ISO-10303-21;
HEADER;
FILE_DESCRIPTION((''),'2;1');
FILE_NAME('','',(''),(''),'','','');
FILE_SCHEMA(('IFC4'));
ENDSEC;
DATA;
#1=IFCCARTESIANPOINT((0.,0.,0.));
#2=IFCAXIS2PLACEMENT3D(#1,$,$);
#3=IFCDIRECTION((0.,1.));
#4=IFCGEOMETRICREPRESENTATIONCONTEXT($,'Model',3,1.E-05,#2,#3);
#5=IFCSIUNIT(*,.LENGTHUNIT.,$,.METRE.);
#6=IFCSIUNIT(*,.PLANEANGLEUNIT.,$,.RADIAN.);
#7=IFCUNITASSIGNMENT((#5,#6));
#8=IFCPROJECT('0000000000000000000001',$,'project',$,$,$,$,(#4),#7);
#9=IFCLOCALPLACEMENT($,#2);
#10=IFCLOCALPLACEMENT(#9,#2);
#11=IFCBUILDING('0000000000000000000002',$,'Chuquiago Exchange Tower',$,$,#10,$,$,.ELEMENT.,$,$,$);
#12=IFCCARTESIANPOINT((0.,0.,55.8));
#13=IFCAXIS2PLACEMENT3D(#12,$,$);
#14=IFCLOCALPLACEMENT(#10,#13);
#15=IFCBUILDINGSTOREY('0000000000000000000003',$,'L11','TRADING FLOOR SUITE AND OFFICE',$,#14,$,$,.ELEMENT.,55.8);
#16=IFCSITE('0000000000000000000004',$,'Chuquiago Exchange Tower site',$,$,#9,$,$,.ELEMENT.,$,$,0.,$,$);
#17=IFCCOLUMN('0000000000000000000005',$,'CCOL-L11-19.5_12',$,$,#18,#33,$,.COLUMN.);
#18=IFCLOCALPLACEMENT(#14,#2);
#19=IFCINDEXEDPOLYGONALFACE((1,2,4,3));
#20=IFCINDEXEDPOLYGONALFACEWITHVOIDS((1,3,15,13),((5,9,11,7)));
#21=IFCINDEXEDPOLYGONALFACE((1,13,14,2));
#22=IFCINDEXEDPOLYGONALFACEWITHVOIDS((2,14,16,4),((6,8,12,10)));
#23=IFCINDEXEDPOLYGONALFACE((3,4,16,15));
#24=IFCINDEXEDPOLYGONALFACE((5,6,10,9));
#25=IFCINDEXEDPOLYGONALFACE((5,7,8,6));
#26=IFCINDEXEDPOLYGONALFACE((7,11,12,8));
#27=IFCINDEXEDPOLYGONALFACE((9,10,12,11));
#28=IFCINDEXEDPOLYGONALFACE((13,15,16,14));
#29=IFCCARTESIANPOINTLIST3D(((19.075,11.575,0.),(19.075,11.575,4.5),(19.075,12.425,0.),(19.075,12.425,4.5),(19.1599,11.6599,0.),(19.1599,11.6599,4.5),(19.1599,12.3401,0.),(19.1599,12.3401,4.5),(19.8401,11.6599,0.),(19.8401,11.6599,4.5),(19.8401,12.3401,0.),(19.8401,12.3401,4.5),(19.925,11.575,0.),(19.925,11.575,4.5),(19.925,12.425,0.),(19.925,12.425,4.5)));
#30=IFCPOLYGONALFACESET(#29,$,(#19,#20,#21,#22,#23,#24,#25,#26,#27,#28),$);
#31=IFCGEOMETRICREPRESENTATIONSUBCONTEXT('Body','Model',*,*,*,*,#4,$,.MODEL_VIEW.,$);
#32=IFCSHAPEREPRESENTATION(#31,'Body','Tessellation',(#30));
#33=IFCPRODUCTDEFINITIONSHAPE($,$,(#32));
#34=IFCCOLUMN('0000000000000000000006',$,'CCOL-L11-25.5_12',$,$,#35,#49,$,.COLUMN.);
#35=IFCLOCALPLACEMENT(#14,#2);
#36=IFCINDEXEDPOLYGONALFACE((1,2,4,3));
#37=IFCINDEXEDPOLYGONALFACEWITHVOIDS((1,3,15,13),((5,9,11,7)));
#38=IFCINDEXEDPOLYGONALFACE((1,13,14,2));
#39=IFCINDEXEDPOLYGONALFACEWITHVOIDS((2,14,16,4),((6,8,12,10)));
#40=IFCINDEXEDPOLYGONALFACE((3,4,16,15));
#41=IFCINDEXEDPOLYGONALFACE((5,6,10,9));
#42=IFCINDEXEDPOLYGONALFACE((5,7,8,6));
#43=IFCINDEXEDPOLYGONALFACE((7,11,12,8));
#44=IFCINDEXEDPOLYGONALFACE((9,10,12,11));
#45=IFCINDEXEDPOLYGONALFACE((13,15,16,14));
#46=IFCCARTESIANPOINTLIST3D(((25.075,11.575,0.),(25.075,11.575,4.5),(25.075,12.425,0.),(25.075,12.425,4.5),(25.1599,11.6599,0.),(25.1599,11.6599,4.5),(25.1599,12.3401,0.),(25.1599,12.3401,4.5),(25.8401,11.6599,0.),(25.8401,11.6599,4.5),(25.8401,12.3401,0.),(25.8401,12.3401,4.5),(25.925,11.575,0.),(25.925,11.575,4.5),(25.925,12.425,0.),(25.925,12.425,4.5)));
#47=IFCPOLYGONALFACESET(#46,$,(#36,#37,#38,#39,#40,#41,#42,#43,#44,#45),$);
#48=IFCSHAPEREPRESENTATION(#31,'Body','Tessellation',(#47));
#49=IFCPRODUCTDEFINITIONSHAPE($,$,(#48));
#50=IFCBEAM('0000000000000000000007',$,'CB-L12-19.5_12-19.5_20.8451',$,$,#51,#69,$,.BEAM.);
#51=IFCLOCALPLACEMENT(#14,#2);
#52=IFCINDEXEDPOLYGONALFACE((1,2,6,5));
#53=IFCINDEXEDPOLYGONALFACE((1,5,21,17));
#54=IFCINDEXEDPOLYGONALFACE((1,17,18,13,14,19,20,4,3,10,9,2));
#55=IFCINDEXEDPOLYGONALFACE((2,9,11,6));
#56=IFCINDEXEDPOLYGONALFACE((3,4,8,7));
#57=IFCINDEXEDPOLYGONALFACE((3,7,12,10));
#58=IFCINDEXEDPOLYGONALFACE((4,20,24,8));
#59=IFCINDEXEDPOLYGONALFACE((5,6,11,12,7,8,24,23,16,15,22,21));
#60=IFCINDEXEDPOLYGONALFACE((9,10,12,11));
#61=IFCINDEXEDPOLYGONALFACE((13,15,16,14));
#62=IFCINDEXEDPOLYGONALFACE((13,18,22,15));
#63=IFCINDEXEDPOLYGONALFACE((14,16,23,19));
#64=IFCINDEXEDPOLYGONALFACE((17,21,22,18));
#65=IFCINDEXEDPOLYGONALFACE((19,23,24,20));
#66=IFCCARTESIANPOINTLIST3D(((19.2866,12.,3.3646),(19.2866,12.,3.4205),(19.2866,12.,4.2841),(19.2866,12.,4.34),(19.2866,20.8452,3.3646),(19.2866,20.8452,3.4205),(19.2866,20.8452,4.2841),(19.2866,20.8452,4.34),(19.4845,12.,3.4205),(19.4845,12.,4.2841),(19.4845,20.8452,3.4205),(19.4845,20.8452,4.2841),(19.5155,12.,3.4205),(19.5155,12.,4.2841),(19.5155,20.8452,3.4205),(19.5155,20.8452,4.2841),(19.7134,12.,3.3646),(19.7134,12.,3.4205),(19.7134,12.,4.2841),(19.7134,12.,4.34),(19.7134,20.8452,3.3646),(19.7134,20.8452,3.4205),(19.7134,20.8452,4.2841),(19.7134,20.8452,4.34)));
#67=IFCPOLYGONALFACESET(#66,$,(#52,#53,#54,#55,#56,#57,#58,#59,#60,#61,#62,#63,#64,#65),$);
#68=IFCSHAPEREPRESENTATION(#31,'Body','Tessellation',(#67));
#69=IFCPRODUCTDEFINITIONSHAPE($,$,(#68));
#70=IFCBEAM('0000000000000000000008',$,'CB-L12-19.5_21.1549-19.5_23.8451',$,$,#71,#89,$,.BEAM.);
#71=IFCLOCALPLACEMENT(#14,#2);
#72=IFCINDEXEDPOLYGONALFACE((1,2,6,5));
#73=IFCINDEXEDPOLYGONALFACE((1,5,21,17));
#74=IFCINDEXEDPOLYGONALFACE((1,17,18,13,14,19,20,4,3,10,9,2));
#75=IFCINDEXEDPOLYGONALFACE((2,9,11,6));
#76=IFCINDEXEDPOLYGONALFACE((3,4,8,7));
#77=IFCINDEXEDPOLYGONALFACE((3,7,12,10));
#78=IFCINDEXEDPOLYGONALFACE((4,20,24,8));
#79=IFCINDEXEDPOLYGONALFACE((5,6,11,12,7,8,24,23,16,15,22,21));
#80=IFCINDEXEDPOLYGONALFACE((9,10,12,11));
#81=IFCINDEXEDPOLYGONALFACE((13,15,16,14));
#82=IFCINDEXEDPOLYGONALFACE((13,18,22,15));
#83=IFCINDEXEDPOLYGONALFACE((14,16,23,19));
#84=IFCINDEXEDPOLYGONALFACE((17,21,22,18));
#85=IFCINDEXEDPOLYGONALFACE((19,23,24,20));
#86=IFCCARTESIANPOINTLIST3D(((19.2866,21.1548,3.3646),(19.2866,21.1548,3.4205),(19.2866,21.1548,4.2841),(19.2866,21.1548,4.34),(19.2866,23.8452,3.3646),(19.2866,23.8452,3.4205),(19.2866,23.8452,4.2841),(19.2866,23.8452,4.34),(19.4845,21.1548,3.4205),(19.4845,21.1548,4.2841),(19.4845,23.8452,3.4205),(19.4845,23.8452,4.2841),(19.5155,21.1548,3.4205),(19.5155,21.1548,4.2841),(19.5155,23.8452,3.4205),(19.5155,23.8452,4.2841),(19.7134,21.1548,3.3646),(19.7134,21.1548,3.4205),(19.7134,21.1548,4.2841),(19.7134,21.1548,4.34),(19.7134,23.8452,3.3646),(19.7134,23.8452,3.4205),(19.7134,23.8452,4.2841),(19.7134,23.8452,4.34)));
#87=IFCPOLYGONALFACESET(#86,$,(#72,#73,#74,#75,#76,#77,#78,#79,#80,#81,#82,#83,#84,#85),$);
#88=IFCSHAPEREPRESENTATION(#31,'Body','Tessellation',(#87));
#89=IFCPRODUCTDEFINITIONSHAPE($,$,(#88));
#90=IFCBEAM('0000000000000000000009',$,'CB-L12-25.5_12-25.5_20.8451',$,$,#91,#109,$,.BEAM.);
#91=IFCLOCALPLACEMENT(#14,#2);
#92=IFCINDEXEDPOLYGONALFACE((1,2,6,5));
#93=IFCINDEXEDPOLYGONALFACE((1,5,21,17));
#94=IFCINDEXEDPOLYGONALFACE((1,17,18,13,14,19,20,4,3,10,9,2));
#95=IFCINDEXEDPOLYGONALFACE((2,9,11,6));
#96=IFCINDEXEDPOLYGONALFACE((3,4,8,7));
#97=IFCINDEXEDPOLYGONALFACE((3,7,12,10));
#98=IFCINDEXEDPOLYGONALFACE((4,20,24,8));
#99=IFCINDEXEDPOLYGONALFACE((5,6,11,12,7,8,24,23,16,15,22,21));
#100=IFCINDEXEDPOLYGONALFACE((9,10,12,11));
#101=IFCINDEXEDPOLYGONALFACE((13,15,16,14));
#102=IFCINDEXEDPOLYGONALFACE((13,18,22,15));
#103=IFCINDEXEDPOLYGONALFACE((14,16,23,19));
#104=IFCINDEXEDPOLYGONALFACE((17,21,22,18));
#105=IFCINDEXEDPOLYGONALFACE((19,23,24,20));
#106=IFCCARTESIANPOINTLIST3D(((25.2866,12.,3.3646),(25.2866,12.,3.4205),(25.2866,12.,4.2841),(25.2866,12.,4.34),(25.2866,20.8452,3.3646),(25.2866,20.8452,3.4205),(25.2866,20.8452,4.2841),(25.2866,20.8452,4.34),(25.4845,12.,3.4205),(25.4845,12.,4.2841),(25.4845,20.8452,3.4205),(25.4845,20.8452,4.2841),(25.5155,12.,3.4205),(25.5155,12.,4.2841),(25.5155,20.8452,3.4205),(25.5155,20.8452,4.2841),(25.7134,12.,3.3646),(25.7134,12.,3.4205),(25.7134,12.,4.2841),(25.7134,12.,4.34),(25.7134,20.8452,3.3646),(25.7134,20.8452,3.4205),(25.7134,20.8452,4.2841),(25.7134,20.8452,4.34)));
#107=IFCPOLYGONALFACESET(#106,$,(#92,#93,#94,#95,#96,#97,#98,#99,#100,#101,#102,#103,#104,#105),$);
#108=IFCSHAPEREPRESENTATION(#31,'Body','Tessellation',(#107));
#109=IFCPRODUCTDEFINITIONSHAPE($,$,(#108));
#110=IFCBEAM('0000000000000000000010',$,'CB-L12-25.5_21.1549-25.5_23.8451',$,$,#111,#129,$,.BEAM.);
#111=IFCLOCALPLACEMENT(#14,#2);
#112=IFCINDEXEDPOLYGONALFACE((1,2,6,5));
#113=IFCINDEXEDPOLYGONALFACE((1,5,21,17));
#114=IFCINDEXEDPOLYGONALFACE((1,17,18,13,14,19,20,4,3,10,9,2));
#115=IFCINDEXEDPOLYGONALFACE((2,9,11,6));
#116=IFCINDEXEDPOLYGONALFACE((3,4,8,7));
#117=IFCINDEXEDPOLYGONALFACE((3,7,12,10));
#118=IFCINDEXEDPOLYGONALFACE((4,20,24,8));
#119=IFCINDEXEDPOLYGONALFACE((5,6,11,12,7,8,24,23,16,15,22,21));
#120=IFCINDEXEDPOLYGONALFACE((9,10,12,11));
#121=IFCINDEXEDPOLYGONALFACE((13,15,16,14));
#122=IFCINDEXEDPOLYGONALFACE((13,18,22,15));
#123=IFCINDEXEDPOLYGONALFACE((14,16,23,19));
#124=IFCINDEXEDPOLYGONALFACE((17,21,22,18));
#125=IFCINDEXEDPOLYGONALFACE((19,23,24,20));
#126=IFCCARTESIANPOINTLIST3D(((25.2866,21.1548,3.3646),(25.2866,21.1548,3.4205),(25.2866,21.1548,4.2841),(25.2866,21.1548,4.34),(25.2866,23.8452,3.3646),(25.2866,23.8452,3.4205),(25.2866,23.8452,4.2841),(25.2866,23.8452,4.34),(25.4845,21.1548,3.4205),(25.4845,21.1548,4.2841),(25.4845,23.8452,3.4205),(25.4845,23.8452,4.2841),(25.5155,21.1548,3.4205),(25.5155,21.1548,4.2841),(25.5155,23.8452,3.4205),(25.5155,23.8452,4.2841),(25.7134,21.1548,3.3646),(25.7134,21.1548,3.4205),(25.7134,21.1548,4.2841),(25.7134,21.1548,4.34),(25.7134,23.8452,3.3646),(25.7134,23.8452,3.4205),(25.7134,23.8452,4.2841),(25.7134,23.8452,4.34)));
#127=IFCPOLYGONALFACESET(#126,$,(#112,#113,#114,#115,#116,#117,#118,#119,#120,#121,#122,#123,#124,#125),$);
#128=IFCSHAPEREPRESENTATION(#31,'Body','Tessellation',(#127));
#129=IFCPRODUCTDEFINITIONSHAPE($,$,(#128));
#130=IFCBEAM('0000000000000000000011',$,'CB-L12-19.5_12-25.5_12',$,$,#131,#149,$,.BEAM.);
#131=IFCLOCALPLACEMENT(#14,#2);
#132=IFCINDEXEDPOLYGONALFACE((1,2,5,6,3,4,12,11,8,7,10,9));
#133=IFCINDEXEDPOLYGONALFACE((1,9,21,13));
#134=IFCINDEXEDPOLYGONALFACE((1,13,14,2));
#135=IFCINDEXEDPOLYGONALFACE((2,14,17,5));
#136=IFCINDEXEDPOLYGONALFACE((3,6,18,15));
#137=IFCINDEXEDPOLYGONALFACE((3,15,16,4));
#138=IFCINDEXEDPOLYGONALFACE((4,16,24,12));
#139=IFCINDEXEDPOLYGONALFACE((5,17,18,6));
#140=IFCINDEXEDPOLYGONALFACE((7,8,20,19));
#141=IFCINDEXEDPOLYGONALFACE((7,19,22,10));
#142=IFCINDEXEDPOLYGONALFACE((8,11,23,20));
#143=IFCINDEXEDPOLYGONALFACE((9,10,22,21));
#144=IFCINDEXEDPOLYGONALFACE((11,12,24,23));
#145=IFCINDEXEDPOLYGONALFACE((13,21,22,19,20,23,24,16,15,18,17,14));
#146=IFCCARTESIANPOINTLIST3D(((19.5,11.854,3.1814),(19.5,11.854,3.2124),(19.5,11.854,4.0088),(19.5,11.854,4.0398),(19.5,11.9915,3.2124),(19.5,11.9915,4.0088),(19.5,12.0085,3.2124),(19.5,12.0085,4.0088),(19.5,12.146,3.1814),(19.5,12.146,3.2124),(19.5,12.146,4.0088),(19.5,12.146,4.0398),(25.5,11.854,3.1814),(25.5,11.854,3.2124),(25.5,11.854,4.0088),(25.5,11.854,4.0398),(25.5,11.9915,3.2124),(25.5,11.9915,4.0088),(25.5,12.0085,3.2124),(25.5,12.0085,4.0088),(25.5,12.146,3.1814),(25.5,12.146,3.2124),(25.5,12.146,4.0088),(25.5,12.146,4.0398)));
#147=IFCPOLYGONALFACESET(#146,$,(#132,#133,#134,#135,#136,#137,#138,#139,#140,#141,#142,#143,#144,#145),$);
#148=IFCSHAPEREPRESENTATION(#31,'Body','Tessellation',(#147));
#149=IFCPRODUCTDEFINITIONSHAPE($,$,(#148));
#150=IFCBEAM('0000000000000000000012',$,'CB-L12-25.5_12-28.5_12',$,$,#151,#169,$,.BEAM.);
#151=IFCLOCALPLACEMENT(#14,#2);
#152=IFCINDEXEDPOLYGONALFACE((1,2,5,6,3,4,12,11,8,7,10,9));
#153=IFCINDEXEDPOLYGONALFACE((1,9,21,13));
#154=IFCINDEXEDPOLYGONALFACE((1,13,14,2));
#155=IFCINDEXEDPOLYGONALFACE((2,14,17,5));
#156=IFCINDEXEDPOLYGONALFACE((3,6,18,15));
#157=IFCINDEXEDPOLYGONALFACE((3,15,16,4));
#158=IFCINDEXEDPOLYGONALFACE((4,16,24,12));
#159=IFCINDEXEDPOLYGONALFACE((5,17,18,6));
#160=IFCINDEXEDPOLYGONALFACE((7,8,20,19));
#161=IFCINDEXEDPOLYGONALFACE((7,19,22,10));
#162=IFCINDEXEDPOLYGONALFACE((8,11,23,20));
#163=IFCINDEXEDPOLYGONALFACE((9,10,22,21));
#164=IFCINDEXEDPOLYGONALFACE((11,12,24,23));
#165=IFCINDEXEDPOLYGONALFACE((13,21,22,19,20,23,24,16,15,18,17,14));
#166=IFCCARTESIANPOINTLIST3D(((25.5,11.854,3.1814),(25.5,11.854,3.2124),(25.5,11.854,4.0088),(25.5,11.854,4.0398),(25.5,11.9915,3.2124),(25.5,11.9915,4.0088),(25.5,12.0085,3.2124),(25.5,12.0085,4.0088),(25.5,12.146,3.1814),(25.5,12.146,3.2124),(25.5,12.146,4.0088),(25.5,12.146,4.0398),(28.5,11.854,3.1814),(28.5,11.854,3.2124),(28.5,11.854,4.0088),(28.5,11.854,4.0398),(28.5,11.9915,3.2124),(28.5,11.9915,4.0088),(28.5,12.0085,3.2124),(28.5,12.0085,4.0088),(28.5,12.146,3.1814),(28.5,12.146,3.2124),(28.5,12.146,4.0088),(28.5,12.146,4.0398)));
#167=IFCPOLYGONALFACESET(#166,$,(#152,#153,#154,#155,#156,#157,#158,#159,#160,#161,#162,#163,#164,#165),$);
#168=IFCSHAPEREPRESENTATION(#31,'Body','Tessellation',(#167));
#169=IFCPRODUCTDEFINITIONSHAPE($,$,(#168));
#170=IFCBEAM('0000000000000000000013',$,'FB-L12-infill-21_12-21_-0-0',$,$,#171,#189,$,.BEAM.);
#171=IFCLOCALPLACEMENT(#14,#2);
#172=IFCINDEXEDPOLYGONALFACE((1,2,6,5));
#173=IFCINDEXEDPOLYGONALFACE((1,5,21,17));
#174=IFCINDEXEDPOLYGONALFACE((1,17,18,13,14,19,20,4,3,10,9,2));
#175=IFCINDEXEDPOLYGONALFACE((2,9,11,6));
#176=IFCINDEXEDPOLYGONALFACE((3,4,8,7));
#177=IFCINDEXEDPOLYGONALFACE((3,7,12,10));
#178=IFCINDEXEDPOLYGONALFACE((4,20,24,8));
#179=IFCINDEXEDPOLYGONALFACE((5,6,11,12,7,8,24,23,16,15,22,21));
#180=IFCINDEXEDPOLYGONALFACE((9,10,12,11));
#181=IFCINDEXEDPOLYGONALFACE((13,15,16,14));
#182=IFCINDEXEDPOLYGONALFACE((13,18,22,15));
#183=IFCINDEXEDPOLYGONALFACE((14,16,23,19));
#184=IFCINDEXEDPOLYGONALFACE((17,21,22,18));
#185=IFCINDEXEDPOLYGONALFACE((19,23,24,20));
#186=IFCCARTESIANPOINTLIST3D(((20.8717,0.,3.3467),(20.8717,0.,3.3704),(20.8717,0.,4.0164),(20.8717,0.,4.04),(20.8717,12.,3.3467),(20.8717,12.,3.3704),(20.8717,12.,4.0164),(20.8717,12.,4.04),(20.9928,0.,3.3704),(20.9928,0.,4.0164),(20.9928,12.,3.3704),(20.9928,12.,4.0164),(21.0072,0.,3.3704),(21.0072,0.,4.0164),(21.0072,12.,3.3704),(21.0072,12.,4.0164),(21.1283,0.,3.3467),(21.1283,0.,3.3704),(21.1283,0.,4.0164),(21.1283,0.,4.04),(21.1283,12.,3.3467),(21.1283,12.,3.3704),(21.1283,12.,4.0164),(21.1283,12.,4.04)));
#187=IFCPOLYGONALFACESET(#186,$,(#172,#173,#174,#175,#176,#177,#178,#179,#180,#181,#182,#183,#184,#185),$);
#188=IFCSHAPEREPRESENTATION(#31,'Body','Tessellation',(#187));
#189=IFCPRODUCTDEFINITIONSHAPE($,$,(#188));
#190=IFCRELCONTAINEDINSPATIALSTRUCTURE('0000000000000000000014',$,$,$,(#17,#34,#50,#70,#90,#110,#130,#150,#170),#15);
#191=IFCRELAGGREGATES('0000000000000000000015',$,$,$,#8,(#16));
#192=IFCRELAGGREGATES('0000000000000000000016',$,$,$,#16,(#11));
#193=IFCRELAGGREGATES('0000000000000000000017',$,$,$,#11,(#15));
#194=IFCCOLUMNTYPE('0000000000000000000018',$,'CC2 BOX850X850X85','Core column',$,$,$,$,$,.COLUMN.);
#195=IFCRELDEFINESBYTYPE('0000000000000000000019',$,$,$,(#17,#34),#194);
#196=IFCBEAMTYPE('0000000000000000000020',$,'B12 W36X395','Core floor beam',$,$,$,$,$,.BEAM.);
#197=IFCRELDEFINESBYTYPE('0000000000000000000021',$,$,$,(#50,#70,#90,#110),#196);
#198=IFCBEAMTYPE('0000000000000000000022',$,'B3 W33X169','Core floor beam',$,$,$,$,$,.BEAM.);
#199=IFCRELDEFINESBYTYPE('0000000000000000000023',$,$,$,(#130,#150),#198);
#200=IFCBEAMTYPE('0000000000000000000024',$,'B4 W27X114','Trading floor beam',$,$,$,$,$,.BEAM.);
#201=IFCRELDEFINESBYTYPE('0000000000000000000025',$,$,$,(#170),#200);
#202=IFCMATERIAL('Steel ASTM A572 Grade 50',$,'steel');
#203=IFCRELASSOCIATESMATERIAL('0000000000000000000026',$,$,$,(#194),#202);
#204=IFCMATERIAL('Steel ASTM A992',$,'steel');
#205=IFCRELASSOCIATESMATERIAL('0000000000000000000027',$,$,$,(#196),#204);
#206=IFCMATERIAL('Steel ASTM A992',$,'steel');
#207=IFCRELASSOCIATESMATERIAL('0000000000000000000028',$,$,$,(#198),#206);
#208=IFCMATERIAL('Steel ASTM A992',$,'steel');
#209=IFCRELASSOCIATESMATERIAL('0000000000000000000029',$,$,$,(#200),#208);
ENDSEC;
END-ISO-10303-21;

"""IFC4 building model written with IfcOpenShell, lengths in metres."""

from ifc_helpers import new_model, si_unit, direction, frame, origin, origin_2d, place, context, subcontext, project, spatial, hollow_rectangle, i_section, extrude, material, material_profile, profile_set, type_object, element, save


model = new_model("IFC4")

# Units and contexts
model_context = context("Model", 3, precision=1e-05, world=origin(), true_north=direction((0.0, 1.0)))
body_context = subcontext(model_context, "Body", "Model", "MODEL_VIEW")
ifc_project = project(units=[si_unit("LENGTHUNIT", "METRE"), si_unit("PLANEANGLEUNIT", "RADIAN")], contexts=[model_context])

# Site, building, storey
site_placement = place(None, origin())
site = spatial("IfcSite", under=ifc_project, at=site_placement, Name="Chuquiago Exchange Tower site", CompositionType="ELEMENT", RefElevation=0.0)
building_placement = place(site_placement, origin())
building = spatial("IfcBuilding", under=site, at=building_placement, Name="Chuquiago Exchange Tower", CompositionType="ELEMENT")
storey_placement = place(building_placement, frame((0.0, 0.0, 55.8)))
storey = spatial("IfcBuildingStorey", under=building, at=storey_placement, Name="L11", Description="TRADING FLOOR SUITE AND OFFICE", CompositionType="ELEMENT", Elevation=55.8)

# Columns
ifc_material_1 = material(Name="Steel ASTM A572 Grade 50", Category="steel")
ifc_material_profile_1 = material_profile(ifc_material_1, hollow_rectangle(XDim=0.8501, YDim=0.8501, WallThickness=0.085, at=origin_2d()), Name="BOX850X850X85")
ifc_profile_set_1 = profile_set([ifc_material_profile_1], Name="Steel ASTM A572 Grade 50")
column_type = type_object("IfcColumnType", Name="CC2 BOX850X850X85", Description="Core column", PredefinedType="COLUMN", material=ifc_profile_set_1)
for number, where, z_axis, x_axis, name in (
    (1, (19.5, 12.0, 0.0), (0.0, 0.0, 1.0), (1.0, 0.0, 0.0), "CCOL-L11-19.5_12"),
    (2, (25.5, 12.0, 0.0), (0.0, 0.0, 1.0), (1.0, 0.0, 0.0), "CCOL-L11-25.5_12"),
):
    element("IfcColumn", number, at=place(storey_placement, frame(where, z_axis=z_axis, x_axis=x_axis)), inside=storey, type_object=column_type, Name=name, PredefinedType="COLUMN", context=body_context, shape_type="SweptSolid", body=[
        extrude(hollow_rectangle(XDim=0.8501, YDim=0.8501, WallThickness=0.085, at=origin_2d()), origin(), (0.0, 0.0, 1.0), 4.5),
    ])

# Beams
ifc_material_2 = material(Name="Steel ASTM A992", Category="steel")
ifc_material_profile_2 = material_profile(ifc_material_2, i_section(OverallWidth=0.4268, OverallDepth=0.9753, WebThickness=0.031, FlangeThickness=0.0559, at=origin_2d()), Name="W36X395")
ifc_profile_set_2 = profile_set([ifc_material_profile_2], Name="Steel ASTM A992")
beam_type_1 = type_object("IfcBeamType", Name="B12 W36X395", Description="Core floor beam", PredefinedType="BEAM", material=ifc_profile_set_2)
beam_1_placement = place(storey_placement, frame((19.5, 12.0, 3.8523), z_axis=(0.0, 1.0, 0.0), x_axis=(-1.0, 0.0, 0.0)))
element("IfcBeam", 3, at=beam_1_placement, inside=storey, type_object=beam_type_1, Name="CB-L12-19.5_12-19.5_20.8451", PredefinedType="BEAM", context=body_context, shape_type="SweptSolid", body=[
    extrude(i_section(OverallWidth=0.4268, OverallDepth=0.9753, WebThickness=0.031, FlangeThickness=0.0559, at=origin_2d()), origin(), (0.0, 0.0, 1.0), 8.8452),
])
beam_2_placement = place(storey_placement, frame((19.5, 21.1548, 3.8523), z_axis=(0.0, 1.0, 0.0), x_axis=(-1.0, 0.0, 0.0)))
element("IfcBeam", 4, at=beam_2_placement, inside=storey, type_object=beam_type_1, Name="CB-L12-19.5_21.1549-19.5_23.8451", PredefinedType="BEAM", context=body_context, shape_type="SweptSolid", body=[
    extrude(i_section(OverallWidth=0.4268, OverallDepth=0.9753, WebThickness=0.031, FlangeThickness=0.0559, at=origin_2d()), origin(), (0.0, 0.0, 1.0), 2.6904),
])
beam_3_placement = place(storey_placement, frame((25.5, 12.0, 3.8523), z_axis=(0.0, 1.0, 0.0), x_axis=(-1.0, 0.0, 0.0)))
element("IfcBeam", 5, at=beam_3_placement, inside=storey, type_object=beam_type_1, Name="CB-L12-25.5_12-25.5_20.8451", PredefinedType="BEAM", context=body_context, shape_type="SweptSolid", body=[
    extrude(i_section(OverallWidth=0.4268, OverallDepth=0.9753, WebThickness=0.031, FlangeThickness=0.0559, at=origin_2d()), origin(), (0.0, 0.0, 1.0), 8.8452),
])
beam_4_placement = place(storey_placement, frame((25.5, 21.1548, 3.8523), z_axis=(0.0, 1.0, 0.0), x_axis=(-1.0, 0.0, 0.0)))
element("IfcBeam", 6, at=beam_4_placement, inside=storey, type_object=beam_type_1, Name="CB-L12-25.5_21.1549-25.5_23.8451", PredefinedType="BEAM", context=body_context, shape_type="SweptSolid", body=[
    extrude(i_section(OverallWidth=0.4268, OverallDepth=0.9753, WebThickness=0.031, FlangeThickness=0.0559, at=origin_2d()), origin(), (0.0, 0.0, 1.0), 2.6904),
])
ifc_material_3 = material(Name="Steel ASTM A992", Category="steel")
ifc_material_profile_3 = material_profile(ifc_material_3, i_section(OverallWidth=0.292, OverallDepth=0.8584, WebThickness=0.0171, FlangeThickness=0.031, at=origin_2d()), Name="W33X169")
ifc_profile_set_3 = profile_set([ifc_material_profile_3], Name="Steel ASTM A992")
beam_type_2 = type_object("IfcBeamType", Name="B3 W33X169", Description="Core floor beam", PredefinedType="BEAM", material=ifc_profile_set_3)
beam_5_placement = place(storey_placement, frame((19.5, 12.0, 3.6106), z_axis=(1.0, 0.0, 0.0), x_axis=(0.0, 1.0, 0.0)))
element("IfcBeam", 7, at=beam_5_placement, inside=storey, type_object=beam_type_2, Name="CB-L12-19.5_12-25.5_12", PredefinedType="BEAM", context=body_context, shape_type="SweptSolid", body=[
    extrude(i_section(OverallWidth=0.292, OverallDepth=0.8584, WebThickness=0.0171, FlangeThickness=0.031, at=origin_2d()), origin(), (0.0, 0.0, 1.0), 6.0),
])
beam_6_placement = place(storey_placement, frame((25.5, 12.0, 3.6106), z_axis=(1.0, 0.0, 0.0), x_axis=(0.0, 1.0, 0.0)))
element("IfcBeam", 8, at=beam_6_placement, inside=storey, type_object=beam_type_2, Name="CB-L12-25.5_12-28.5_12", PredefinedType="BEAM", context=body_context, shape_type="SweptSolid", body=[
    extrude(i_section(OverallWidth=0.292, OverallDepth=0.8584, WebThickness=0.0171, FlangeThickness=0.031, at=origin_2d()), origin(), (0.0, 0.0, 1.0), 3.0),
])
ifc_material_4 = material(Name="Steel ASTM A992", Category="steel")
ifc_material_profile_4 = material_profile(ifc_material_4, i_section(OverallWidth=0.2566, OverallDepth=0.6934, WebThickness=0.0144, FlangeThickness=0.0237, at=origin_2d()), Name="W27X114")
ifc_profile_set_4 = profile_set([ifc_material_profile_4], Name="Steel ASTM A992")
beam_type_3 = type_object("IfcBeamType", Name="B4 W27X114", Description="Trading floor beam", PredefinedType="BEAM", material=ifc_profile_set_4)
for number, where, z_axis, x_axis, name in (
    (9, (21.0, 12.0, 3.6934), (0.0, -1.0, 0.0), (1.0, 0.0, 0.0), "FB-L12-infill-21_12-21_-0-0"),
):
    element("IfcBeam", number, at=place(storey_placement, frame(where, z_axis=z_axis, x_axis=x_axis)), inside=storey, type_object=beam_type_3, Name=name, PredefinedType="BEAM", context=body_context, shape_type="SweptSolid", body=[
        extrude(i_section(OverallWidth=0.2566, OverallDepth=0.6934, WebThickness=0.0144, FlangeThickness=0.0237, at=origin_2d()), origin(), (0.0, 0.0, 1.0), 12.0),
    ])

save(model, "model.ifc")
